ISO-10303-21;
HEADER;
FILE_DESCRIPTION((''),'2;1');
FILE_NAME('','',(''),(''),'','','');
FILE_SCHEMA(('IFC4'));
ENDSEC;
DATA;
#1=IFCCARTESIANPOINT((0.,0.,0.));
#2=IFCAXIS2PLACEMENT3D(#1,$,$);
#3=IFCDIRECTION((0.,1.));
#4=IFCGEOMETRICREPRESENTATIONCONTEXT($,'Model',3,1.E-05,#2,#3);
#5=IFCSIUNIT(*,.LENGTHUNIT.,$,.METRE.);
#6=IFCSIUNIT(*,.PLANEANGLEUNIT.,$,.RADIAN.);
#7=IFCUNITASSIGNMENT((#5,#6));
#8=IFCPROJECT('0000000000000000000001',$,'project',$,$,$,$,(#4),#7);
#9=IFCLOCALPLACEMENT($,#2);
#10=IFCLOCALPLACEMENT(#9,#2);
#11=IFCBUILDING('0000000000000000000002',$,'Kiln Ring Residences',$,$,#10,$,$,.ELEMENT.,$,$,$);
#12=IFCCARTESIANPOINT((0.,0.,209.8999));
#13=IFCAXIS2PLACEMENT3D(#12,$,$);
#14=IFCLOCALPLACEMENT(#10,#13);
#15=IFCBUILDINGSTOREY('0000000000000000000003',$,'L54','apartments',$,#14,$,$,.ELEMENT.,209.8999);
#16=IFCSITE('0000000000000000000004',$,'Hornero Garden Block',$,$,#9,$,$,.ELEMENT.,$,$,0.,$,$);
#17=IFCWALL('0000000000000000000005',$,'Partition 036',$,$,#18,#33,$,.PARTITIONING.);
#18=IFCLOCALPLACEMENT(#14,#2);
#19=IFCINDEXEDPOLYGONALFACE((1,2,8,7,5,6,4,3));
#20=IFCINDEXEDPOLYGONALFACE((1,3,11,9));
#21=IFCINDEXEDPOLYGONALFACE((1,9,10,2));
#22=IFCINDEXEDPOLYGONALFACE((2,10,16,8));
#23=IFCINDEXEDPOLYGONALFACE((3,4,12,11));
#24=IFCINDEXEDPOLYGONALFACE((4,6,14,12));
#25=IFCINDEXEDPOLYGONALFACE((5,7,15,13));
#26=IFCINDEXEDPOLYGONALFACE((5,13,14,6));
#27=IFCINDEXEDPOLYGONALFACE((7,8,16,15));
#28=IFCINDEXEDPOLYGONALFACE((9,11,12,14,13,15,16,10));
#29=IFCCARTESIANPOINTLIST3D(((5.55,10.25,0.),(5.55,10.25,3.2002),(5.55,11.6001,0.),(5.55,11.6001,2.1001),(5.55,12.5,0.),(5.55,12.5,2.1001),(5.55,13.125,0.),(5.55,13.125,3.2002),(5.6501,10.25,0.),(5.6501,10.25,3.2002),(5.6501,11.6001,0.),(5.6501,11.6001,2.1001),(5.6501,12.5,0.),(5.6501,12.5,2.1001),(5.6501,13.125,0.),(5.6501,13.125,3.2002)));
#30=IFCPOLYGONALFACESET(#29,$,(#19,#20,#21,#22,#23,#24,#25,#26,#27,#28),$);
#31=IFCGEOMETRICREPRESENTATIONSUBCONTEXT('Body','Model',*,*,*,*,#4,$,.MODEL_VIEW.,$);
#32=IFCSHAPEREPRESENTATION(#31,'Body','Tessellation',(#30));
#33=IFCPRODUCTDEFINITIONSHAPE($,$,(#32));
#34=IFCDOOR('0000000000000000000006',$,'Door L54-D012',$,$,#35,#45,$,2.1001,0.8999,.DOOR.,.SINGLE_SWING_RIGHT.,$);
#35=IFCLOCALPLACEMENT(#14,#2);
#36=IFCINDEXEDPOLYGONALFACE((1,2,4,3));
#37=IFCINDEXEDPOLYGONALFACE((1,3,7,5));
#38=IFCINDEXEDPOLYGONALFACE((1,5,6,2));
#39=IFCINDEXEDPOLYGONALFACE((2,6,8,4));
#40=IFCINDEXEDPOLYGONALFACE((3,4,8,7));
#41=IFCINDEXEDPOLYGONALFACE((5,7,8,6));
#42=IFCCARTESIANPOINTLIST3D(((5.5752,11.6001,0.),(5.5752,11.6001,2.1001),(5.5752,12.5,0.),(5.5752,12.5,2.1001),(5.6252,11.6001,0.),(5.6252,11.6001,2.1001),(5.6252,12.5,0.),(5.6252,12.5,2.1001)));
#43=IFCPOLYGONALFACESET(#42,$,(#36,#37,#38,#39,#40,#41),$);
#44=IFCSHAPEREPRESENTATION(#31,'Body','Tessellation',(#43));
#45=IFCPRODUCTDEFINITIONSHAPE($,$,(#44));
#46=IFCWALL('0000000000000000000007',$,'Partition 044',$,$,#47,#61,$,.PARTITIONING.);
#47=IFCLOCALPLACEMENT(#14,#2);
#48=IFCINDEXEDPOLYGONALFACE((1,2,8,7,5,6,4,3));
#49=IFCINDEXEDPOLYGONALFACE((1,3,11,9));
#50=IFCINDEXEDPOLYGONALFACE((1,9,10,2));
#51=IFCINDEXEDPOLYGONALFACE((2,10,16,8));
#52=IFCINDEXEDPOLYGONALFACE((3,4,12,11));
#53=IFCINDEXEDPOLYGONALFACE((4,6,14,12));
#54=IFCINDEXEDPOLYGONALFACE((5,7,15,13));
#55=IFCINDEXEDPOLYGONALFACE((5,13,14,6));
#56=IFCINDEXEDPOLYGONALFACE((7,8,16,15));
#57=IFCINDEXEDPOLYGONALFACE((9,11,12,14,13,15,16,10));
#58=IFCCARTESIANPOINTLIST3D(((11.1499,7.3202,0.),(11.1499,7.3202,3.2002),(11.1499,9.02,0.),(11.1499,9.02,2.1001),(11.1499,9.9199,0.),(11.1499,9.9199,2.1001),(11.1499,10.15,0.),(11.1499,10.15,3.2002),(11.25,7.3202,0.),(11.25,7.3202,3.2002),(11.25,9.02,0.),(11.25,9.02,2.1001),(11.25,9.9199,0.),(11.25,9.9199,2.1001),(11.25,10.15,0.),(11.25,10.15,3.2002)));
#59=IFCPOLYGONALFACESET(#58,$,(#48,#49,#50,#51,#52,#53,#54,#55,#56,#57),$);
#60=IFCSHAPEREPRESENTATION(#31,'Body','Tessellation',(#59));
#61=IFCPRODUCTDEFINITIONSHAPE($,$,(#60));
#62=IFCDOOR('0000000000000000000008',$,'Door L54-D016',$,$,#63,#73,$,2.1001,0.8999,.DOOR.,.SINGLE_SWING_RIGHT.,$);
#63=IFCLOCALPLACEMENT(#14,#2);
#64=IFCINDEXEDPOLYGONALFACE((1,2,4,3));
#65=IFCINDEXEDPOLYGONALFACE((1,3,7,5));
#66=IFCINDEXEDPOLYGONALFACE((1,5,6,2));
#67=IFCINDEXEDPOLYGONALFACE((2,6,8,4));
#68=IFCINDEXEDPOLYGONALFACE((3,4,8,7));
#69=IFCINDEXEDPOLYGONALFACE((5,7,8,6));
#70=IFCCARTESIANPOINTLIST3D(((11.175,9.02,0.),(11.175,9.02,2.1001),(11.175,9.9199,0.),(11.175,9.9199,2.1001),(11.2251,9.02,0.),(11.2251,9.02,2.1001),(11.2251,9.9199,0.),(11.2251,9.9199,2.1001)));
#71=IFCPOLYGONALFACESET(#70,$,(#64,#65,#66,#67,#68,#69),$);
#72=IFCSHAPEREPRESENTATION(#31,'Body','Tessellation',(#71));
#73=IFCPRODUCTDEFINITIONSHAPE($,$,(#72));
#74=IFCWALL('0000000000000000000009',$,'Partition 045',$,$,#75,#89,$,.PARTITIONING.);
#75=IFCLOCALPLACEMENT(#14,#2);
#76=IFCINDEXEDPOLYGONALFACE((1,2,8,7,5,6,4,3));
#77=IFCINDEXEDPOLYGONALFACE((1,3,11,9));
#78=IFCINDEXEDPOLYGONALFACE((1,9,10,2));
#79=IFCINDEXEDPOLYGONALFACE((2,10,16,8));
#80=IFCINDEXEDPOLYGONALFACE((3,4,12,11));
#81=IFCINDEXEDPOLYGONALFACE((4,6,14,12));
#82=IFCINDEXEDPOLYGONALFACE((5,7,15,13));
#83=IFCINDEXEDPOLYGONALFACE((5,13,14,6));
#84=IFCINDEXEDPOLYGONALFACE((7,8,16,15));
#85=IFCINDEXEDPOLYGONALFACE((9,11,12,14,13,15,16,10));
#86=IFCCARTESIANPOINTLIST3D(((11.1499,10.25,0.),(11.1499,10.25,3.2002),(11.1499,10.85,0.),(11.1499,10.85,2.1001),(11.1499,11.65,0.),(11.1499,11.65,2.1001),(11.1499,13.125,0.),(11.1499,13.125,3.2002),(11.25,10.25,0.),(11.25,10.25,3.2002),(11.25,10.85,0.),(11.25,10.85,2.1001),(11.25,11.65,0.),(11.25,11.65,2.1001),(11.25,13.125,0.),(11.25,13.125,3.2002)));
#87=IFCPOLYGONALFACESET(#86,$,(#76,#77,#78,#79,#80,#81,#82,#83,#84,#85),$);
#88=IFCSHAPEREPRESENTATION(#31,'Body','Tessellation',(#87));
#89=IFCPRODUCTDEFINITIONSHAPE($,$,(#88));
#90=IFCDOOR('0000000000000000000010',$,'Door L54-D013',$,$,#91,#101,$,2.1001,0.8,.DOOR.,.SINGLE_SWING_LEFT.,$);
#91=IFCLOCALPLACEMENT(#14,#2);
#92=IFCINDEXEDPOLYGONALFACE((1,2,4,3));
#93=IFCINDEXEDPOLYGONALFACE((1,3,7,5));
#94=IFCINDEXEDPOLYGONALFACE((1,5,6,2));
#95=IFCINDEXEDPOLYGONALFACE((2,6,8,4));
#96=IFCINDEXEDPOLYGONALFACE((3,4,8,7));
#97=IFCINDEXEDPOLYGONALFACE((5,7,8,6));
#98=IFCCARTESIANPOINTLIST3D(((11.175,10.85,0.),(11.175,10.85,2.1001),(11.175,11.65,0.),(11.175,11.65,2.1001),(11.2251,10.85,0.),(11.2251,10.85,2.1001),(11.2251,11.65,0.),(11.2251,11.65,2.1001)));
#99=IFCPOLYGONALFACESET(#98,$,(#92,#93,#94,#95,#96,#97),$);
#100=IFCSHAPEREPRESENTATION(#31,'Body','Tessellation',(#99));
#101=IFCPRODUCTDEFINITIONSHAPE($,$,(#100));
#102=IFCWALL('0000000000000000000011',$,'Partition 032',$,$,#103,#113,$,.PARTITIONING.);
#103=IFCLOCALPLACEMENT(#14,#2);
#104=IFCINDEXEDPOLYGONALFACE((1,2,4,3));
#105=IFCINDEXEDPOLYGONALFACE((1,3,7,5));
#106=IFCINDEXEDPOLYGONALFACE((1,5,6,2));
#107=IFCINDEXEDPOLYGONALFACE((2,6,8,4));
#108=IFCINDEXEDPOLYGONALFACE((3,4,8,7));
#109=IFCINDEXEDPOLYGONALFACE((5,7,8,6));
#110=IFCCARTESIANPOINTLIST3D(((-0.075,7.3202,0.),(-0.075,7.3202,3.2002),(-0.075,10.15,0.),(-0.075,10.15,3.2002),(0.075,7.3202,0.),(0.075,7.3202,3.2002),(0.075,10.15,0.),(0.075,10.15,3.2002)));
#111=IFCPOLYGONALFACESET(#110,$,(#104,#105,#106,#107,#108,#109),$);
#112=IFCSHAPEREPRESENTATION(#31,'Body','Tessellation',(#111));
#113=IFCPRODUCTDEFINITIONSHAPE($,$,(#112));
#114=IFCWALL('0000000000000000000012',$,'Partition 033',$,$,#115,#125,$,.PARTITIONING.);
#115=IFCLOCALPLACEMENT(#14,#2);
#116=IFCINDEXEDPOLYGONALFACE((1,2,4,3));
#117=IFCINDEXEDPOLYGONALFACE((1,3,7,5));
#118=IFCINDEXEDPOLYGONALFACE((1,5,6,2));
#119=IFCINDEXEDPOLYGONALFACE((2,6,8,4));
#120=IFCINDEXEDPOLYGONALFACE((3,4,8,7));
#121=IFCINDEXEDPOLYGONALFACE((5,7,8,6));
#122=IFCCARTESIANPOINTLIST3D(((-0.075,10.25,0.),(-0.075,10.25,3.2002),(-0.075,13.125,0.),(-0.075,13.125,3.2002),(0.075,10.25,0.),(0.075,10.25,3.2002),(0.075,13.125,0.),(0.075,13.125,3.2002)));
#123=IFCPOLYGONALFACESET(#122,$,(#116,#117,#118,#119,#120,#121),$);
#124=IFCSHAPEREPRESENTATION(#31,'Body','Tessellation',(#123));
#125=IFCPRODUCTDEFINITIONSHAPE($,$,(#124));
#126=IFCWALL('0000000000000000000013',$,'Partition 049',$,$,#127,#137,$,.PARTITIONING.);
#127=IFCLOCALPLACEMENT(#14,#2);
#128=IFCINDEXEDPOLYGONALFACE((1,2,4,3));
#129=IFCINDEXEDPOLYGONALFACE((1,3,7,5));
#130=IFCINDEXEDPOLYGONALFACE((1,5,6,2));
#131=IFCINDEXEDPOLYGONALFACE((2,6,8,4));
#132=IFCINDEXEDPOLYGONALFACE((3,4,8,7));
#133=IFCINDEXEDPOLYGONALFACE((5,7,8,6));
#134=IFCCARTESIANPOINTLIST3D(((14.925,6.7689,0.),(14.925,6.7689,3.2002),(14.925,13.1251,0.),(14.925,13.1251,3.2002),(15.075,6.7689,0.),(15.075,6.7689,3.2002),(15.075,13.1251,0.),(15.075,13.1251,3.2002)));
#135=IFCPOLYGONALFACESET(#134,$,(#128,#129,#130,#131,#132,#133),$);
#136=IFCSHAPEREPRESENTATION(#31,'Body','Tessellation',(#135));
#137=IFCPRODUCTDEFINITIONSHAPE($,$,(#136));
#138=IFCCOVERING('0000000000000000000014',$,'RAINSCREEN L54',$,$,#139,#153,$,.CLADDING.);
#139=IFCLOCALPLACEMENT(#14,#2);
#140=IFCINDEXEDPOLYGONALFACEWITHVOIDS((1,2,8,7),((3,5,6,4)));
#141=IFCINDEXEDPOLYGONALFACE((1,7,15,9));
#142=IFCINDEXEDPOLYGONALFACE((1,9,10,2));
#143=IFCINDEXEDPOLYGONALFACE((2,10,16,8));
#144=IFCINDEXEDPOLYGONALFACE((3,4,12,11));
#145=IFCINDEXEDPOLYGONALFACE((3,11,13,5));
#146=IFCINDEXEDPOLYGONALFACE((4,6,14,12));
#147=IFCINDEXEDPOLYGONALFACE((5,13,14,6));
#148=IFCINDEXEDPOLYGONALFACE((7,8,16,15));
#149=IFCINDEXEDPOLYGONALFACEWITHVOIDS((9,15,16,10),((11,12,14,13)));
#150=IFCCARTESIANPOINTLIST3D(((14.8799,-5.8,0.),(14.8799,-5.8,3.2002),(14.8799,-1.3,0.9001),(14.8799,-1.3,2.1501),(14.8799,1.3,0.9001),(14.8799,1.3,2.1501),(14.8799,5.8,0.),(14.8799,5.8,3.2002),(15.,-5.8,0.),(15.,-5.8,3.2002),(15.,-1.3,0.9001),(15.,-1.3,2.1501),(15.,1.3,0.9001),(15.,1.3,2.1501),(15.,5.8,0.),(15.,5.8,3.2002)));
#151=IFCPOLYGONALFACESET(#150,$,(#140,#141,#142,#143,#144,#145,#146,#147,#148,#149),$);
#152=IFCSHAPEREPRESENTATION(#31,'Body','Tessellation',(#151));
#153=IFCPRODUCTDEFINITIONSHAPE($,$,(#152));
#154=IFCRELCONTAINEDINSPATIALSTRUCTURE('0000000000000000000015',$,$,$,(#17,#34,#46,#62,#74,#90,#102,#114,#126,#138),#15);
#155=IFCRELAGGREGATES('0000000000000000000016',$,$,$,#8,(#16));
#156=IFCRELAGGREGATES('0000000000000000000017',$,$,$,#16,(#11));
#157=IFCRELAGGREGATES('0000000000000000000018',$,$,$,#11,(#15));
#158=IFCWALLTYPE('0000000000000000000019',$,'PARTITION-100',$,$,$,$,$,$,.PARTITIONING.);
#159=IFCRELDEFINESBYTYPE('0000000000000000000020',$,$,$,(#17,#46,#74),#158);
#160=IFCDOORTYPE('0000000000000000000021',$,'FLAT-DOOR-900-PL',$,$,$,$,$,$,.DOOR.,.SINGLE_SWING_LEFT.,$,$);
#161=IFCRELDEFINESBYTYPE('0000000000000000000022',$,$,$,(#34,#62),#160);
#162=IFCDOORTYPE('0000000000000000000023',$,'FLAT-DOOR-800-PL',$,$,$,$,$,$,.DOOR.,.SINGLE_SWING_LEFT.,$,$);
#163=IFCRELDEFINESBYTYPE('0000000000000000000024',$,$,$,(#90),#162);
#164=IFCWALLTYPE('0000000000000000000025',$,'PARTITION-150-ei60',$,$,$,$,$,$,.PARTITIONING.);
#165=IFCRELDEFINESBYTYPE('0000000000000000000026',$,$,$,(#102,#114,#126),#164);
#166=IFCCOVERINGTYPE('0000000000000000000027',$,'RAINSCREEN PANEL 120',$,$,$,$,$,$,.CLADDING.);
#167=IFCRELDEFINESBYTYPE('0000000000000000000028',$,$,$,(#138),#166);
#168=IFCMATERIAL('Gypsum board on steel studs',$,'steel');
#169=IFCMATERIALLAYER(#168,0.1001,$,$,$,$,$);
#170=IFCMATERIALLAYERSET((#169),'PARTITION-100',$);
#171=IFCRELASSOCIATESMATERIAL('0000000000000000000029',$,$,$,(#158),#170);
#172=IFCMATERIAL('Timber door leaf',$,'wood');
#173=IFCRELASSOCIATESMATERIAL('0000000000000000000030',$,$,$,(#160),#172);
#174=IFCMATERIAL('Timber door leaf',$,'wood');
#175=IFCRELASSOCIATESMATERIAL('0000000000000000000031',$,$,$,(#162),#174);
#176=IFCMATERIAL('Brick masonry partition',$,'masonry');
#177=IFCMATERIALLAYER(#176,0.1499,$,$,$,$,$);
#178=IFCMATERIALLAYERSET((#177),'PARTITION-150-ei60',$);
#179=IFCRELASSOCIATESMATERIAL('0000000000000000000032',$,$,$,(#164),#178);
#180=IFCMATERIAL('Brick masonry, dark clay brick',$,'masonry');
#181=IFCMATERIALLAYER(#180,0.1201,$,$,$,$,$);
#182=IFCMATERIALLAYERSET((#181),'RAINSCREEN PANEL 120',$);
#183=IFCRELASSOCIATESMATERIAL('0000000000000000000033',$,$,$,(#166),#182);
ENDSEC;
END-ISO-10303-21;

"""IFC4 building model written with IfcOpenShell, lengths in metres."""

from ifc_helpers import new_model, si_unit, direction, frame, frame_2d, origin, place, context, subcontext, project, spatial, polyline, rectangle, outline, extrude, material, layer, layer_set, type_object, element, fill, save


model = new_model("IFC4")

# Units and contexts
model_context = context("Model", 3, precision=1e-05, world=origin(), true_north=direction((0.0, 1.0)))
body_context = subcontext(model_context, "Body", "Model", "MODEL_VIEW")
ifc_project = project(units=[si_unit("LENGTHUNIT", "METRE"), si_unit("PLANEANGLEUNIT", "RADIAN")], contexts=[model_context])

# Site, building, storey
site_placement = place(None, origin())
site = spatial("IfcSite", under=ifc_project, at=site_placement, Name="Hornero Garden Block", CompositionType="ELEMENT", RefElevation=0.0)
building_placement = place(site_placement, origin())
building = spatial("IfcBuilding", under=site, at=building_placement, Name="Kiln Ring Residences", CompositionType="ELEMENT")
storey_placement = place(building_placement, frame((0.0, 0.0, 209.8999)))
storey = spatial("IfcBuildingStorey", under=building, at=storey_placement, Name="L54", Description="apartments", CompositionType="ELEMENT", Elevation=209.8999)

# Shared definitions
ifc_material_1 = material(Name="Gypsum board on steel studs", Category="steel")
ifc_layer_1 = layer(ifc_material_1, 0.1001)
ifc_layer_set_1 = layer_set([ifc_layer_1], Name="PARTITION-100")
wall_type_1 = type_object("IfcWallType", Name="PARTITION-100", PredefinedType="PARTITIONING", material=ifc_layer_set_1)

# Walls, openings, doors
wall_1_placement = place(storey_placement, frame((5.6001, 10.25, 0.0), z_axis=(0.0, 0.0, 1.0), x_axis=(0.0, 1.0, 0.0)))
wall_1 = element("IfcWall", 1, at=wall_1_placement, inside=storey, type_object=wall_type_1, Name="Partition 036", PredefinedType="PARTITIONING", context=body_context, shape_type="SweptSolid", body=[
    extrude(rectangle(XDim=2.875, YDim=0.1001, at=frame_2d((1.4375, 0.0))), origin(), (0.0, 0.0, 1.0), 3.2002),
])
opening_1_placement = place(wall_1_placement, frame((1.3501, 0.0, 0.0)))
opening_1 = element("IfcOpeningElement", 2, at=opening_1_placement, cuts=wall_1, PredefinedType="OPENING", context=body_context, shape_type="SweptSolid", body=[
    extrude(rectangle(XDim=0.8999, YDim=2.1001, at=frame_2d((0.45, 1.05))), frame((0.0, 0.0601, 0.0), z_axis=(0.0, -1.0, 0.0), x_axis=(1.0, 0.0, 0.0)), (0.0, 0.0, 1.0), 0.1201),
])
ifc_material_2 = material(Name="Timber door leaf", Category="wood")
door_type_1 = type_object("IfcDoorType", Name="FLAT-DOOR-900-PL", OperationType="SINGLE_SWING_LEFT", PredefinedType="DOOR", material=ifc_material_2)
door_1_placement = place(opening_1_placement, origin())
door_1 = element("IfcDoor", 3, at=door_1_placement, inside=storey, type_object=door_type_1, Name="Door L54-D012", OperationType="SINGLE_SWING_RIGHT", OverallHeight=2.1001, OverallWidth=0.8999, PredefinedType="DOOR", context=body_context, shape_type="SweptSolid", body=[
    extrude(rectangle(XDim=0.8999, YDim=2.1001, at=frame_2d((0.45, 1.05))), frame((0.0, 0.0249, 0.0), z_axis=(0.0, -1.0, 0.0), x_axis=(1.0, 0.0, 0.0)), (0.0, 0.0, 1.0), 0.05),
])
fill(opening_1, door_1)
wall_2_placement = place(storey_placement, frame((11.2, 7.3201, 0.0), z_axis=(0.0, 0.0, 1.0), x_axis=(0.0, 1.0, 0.0)))
wall_2 = element("IfcWall", 4, at=wall_2_placement, inside=storey, type_object=wall_type_1, Name="Partition 044", PredefinedType="PARTITIONING", context=body_context, shape_type="SweptSolid", body=[
    extrude(rectangle(XDim=2.8298, YDim=0.1001, at=frame_2d((1.415, 0.0))), origin(), (0.0, 0.0, 1.0), 3.2002),
])
opening_2_placement = place(wall_2_placement, frame((1.7, 0.0, 0.0)))
opening_2 = element("IfcOpeningElement", 5, at=opening_2_placement, cuts=wall_2, PredefinedType="OPENING", context=body_context, shape_type="SweptSolid", body=[
    extrude(rectangle(XDim=0.8999, YDim=2.1001, at=frame_2d((0.45, 1.05))), frame((0.0, 0.0601, 0.0), z_axis=(0.0, -1.0, 0.0), x_axis=(1.0, 0.0, 0.0)), (0.0, 0.0, 1.0), 0.1201),
])
door_2_placement = place(opening_2_placement, origin())
door_2 = element("IfcDoor", 6, at=door_2_placement, inside=storey, type_object=door_type_1, Name="Door L54-D016", OperationType="SINGLE_SWING_RIGHT", OverallHeight=2.1001, OverallWidth=0.8999, PredefinedType="DOOR", context=body_context, shape_type="SweptSolid", body=[
    extrude(rectangle(XDim=0.8999, YDim=2.1001, at=frame_2d((0.45, 1.05))), frame((0.0, 0.0249, 0.0), z_axis=(0.0, -1.0, 0.0), x_axis=(1.0, 0.0, 0.0)), (0.0, 0.0, 1.0), 0.05),
])
fill(opening_2, door_2)
wall_3_placement = place(storey_placement, frame((11.2, 10.25, 0.0), z_axis=(0.0, 0.0, 1.0), x_axis=(0.0, 1.0, 0.0)))
wall_3 = element("IfcWall", 7, at=wall_3_placement, inside=storey, type_object=wall_type_1, Name="Partition 045", PredefinedType="PARTITIONING", context=body_context, shape_type="SweptSolid", body=[
    extrude(rectangle(XDim=2.875, YDim=0.1001, at=frame_2d((1.4375, 0.0))), origin(), (0.0, 0.0, 1.0), 3.2002),
])
opening_3_placement = place(wall_3_placement, frame((0.6001, 0.0, 0.0)))
opening_3 = element("IfcOpeningElement", 8, at=opening_3_placement, cuts=wall_3, PredefinedType="OPENING", context=body_context, shape_type="SweptSolid", body=[
    extrude(rectangle(XDim=0.8, YDim=2.1001, at=frame_2d((0.3999, 1.05))), frame((0.0, 0.0601, 0.0), z_axis=(0.0, -1.0, 0.0), x_axis=(1.0, 0.0, 0.0)), (0.0, 0.0, 1.0), 0.1201),
])
ifc_material_3 = material(Name="Timber door leaf", Category="wood")
door_type_2 = type_object("IfcDoorType", Name="FLAT-DOOR-800-PL", OperationType="SINGLE_SWING_LEFT", PredefinedType="DOOR", material=ifc_material_3)
door_3_placement = place(opening_3_placement, origin())
door_3 = element("IfcDoor", 9, at=door_3_placement, inside=storey, type_object=door_type_2, Name="Door L54-D013", OperationType="SINGLE_SWING_LEFT", OverallHeight=2.1001, OverallWidth=0.8, PredefinedType="DOOR", context=body_context, shape_type="SweptSolid", body=[
    extrude(rectangle(XDim=0.8, YDim=2.1001, at=frame_2d((0.3999, 1.05))), frame((0.0, 0.0249, 0.0), z_axis=(0.0, -1.0, 0.0), x_axis=(1.0, 0.0, 0.0)), (0.0, 0.0, 1.0), 0.05),
])
fill(opening_3, door_3)

# Walls
ifc_material_4 = material(Name="Brick masonry partition", Category="masonry")
ifc_layer_2 = layer(ifc_material_4, 0.1499)
ifc_layer_set_2 = layer_set([ifc_layer_2], Name="PARTITION-150-ei60")
wall_type_2 = type_object("IfcWallType", Name="PARTITION-150-ei60", PredefinedType="PARTITIONING", material=ifc_layer_set_2)
wall_4_placement = place(storey_placement, frame((0.0, 7.3201, 0.0), z_axis=(0.0, 0.0, 1.0), x_axis=(0.0, 1.0, 0.0)))
element("IfcWall", 10, at=wall_4_placement, inside=storey, type_object=wall_type_2, Name="Partition 032", PredefinedType="PARTITIONING", context=body_context, shape_type="SweptSolid", body=[
    extrude(rectangle(XDim=2.8298, YDim=0.1499, at=frame_2d((1.415, 0.0))), origin(), (0.0, 0.0, 1.0), 3.2002),
])
wall_5_placement = place(storey_placement, frame((0.0, 10.25, 0.0), z_axis=(0.0, 0.0, 1.0), x_axis=(0.0, 1.0, 0.0)))
element("IfcWall", 11, at=wall_5_placement, inside=storey, type_object=wall_type_2, Name="Partition 033", PredefinedType="PARTITIONING", context=body_context, shape_type="SweptSolid", body=[
    extrude(rectangle(XDim=2.875, YDim=0.1499, at=frame_2d((1.4375, 0.0))), origin(), (0.0, 0.0, 1.0), 3.2002),
])
wall_6_placement = place(storey_placement, frame((15.0, 6.7688, 0.0), z_axis=(0.0, 0.0, 1.0), x_axis=(0.0, 1.0, 0.0)))
element("IfcWall", 12, at=wall_6_placement, inside=storey, type_object=wall_type_2, Name="Partition 049", PredefinedType="PARTITIONING", context=body_context, shape_type="SweptSolid", body=[
    extrude(rectangle(XDim=6.3562, YDim=0.1499, at=frame_2d((3.1782, 0.0))), origin(), (0.0, 0.0, 1.0), 3.2002),
])

# Covering
ifc_material_5 = material(Name="Brick masonry, dark clay brick", Category="masonry")
ifc_layer_3 = layer(ifc_material_5, 0.1201)
ifc_layer_set_3 = layer_set([ifc_layer_3], Name="RAINSCREEN PANEL 120")
covering_type = type_object("IfcCoveringType", Name="RAINSCREEN PANEL 120", PredefinedType="CLADDING", material=ifc_layer_set_3)
covering_placement = place(storey_placement, frame((14.9399, 5.8, 0.0), z_axis=(0.0, 0.0, 1.0), x_axis=(0.0, -1.0, 0.0)))
element("IfcCovering", 13, at=covering_placement, inside=storey, type_object=covering_type, Name="RAINSCREEN L54", PredefinedType="CLADDING", context=body_context, shape_type="SweptSolid", body=[
    extrude(outline(polyline([(0.0, 0.0), (11.6001, 0.0), (11.6001, 3.2002), (0.0, 3.2002), (0.0, 0.0)]), holes=[polyline([(4.5, 2.1501), (4.5, 0.9001), (7.1001, 0.9001), (7.1001, 2.1501), (4.5, 2.1501)])]), frame((0.0, 0.0601, 0.0), z_axis=(0.0, -1.0, 0.0), x_axis=(1.0, 0.0, 0.0)), (0.0, 0.0, 1.0), 0.1201),
])

save(model, "model.ifc")
